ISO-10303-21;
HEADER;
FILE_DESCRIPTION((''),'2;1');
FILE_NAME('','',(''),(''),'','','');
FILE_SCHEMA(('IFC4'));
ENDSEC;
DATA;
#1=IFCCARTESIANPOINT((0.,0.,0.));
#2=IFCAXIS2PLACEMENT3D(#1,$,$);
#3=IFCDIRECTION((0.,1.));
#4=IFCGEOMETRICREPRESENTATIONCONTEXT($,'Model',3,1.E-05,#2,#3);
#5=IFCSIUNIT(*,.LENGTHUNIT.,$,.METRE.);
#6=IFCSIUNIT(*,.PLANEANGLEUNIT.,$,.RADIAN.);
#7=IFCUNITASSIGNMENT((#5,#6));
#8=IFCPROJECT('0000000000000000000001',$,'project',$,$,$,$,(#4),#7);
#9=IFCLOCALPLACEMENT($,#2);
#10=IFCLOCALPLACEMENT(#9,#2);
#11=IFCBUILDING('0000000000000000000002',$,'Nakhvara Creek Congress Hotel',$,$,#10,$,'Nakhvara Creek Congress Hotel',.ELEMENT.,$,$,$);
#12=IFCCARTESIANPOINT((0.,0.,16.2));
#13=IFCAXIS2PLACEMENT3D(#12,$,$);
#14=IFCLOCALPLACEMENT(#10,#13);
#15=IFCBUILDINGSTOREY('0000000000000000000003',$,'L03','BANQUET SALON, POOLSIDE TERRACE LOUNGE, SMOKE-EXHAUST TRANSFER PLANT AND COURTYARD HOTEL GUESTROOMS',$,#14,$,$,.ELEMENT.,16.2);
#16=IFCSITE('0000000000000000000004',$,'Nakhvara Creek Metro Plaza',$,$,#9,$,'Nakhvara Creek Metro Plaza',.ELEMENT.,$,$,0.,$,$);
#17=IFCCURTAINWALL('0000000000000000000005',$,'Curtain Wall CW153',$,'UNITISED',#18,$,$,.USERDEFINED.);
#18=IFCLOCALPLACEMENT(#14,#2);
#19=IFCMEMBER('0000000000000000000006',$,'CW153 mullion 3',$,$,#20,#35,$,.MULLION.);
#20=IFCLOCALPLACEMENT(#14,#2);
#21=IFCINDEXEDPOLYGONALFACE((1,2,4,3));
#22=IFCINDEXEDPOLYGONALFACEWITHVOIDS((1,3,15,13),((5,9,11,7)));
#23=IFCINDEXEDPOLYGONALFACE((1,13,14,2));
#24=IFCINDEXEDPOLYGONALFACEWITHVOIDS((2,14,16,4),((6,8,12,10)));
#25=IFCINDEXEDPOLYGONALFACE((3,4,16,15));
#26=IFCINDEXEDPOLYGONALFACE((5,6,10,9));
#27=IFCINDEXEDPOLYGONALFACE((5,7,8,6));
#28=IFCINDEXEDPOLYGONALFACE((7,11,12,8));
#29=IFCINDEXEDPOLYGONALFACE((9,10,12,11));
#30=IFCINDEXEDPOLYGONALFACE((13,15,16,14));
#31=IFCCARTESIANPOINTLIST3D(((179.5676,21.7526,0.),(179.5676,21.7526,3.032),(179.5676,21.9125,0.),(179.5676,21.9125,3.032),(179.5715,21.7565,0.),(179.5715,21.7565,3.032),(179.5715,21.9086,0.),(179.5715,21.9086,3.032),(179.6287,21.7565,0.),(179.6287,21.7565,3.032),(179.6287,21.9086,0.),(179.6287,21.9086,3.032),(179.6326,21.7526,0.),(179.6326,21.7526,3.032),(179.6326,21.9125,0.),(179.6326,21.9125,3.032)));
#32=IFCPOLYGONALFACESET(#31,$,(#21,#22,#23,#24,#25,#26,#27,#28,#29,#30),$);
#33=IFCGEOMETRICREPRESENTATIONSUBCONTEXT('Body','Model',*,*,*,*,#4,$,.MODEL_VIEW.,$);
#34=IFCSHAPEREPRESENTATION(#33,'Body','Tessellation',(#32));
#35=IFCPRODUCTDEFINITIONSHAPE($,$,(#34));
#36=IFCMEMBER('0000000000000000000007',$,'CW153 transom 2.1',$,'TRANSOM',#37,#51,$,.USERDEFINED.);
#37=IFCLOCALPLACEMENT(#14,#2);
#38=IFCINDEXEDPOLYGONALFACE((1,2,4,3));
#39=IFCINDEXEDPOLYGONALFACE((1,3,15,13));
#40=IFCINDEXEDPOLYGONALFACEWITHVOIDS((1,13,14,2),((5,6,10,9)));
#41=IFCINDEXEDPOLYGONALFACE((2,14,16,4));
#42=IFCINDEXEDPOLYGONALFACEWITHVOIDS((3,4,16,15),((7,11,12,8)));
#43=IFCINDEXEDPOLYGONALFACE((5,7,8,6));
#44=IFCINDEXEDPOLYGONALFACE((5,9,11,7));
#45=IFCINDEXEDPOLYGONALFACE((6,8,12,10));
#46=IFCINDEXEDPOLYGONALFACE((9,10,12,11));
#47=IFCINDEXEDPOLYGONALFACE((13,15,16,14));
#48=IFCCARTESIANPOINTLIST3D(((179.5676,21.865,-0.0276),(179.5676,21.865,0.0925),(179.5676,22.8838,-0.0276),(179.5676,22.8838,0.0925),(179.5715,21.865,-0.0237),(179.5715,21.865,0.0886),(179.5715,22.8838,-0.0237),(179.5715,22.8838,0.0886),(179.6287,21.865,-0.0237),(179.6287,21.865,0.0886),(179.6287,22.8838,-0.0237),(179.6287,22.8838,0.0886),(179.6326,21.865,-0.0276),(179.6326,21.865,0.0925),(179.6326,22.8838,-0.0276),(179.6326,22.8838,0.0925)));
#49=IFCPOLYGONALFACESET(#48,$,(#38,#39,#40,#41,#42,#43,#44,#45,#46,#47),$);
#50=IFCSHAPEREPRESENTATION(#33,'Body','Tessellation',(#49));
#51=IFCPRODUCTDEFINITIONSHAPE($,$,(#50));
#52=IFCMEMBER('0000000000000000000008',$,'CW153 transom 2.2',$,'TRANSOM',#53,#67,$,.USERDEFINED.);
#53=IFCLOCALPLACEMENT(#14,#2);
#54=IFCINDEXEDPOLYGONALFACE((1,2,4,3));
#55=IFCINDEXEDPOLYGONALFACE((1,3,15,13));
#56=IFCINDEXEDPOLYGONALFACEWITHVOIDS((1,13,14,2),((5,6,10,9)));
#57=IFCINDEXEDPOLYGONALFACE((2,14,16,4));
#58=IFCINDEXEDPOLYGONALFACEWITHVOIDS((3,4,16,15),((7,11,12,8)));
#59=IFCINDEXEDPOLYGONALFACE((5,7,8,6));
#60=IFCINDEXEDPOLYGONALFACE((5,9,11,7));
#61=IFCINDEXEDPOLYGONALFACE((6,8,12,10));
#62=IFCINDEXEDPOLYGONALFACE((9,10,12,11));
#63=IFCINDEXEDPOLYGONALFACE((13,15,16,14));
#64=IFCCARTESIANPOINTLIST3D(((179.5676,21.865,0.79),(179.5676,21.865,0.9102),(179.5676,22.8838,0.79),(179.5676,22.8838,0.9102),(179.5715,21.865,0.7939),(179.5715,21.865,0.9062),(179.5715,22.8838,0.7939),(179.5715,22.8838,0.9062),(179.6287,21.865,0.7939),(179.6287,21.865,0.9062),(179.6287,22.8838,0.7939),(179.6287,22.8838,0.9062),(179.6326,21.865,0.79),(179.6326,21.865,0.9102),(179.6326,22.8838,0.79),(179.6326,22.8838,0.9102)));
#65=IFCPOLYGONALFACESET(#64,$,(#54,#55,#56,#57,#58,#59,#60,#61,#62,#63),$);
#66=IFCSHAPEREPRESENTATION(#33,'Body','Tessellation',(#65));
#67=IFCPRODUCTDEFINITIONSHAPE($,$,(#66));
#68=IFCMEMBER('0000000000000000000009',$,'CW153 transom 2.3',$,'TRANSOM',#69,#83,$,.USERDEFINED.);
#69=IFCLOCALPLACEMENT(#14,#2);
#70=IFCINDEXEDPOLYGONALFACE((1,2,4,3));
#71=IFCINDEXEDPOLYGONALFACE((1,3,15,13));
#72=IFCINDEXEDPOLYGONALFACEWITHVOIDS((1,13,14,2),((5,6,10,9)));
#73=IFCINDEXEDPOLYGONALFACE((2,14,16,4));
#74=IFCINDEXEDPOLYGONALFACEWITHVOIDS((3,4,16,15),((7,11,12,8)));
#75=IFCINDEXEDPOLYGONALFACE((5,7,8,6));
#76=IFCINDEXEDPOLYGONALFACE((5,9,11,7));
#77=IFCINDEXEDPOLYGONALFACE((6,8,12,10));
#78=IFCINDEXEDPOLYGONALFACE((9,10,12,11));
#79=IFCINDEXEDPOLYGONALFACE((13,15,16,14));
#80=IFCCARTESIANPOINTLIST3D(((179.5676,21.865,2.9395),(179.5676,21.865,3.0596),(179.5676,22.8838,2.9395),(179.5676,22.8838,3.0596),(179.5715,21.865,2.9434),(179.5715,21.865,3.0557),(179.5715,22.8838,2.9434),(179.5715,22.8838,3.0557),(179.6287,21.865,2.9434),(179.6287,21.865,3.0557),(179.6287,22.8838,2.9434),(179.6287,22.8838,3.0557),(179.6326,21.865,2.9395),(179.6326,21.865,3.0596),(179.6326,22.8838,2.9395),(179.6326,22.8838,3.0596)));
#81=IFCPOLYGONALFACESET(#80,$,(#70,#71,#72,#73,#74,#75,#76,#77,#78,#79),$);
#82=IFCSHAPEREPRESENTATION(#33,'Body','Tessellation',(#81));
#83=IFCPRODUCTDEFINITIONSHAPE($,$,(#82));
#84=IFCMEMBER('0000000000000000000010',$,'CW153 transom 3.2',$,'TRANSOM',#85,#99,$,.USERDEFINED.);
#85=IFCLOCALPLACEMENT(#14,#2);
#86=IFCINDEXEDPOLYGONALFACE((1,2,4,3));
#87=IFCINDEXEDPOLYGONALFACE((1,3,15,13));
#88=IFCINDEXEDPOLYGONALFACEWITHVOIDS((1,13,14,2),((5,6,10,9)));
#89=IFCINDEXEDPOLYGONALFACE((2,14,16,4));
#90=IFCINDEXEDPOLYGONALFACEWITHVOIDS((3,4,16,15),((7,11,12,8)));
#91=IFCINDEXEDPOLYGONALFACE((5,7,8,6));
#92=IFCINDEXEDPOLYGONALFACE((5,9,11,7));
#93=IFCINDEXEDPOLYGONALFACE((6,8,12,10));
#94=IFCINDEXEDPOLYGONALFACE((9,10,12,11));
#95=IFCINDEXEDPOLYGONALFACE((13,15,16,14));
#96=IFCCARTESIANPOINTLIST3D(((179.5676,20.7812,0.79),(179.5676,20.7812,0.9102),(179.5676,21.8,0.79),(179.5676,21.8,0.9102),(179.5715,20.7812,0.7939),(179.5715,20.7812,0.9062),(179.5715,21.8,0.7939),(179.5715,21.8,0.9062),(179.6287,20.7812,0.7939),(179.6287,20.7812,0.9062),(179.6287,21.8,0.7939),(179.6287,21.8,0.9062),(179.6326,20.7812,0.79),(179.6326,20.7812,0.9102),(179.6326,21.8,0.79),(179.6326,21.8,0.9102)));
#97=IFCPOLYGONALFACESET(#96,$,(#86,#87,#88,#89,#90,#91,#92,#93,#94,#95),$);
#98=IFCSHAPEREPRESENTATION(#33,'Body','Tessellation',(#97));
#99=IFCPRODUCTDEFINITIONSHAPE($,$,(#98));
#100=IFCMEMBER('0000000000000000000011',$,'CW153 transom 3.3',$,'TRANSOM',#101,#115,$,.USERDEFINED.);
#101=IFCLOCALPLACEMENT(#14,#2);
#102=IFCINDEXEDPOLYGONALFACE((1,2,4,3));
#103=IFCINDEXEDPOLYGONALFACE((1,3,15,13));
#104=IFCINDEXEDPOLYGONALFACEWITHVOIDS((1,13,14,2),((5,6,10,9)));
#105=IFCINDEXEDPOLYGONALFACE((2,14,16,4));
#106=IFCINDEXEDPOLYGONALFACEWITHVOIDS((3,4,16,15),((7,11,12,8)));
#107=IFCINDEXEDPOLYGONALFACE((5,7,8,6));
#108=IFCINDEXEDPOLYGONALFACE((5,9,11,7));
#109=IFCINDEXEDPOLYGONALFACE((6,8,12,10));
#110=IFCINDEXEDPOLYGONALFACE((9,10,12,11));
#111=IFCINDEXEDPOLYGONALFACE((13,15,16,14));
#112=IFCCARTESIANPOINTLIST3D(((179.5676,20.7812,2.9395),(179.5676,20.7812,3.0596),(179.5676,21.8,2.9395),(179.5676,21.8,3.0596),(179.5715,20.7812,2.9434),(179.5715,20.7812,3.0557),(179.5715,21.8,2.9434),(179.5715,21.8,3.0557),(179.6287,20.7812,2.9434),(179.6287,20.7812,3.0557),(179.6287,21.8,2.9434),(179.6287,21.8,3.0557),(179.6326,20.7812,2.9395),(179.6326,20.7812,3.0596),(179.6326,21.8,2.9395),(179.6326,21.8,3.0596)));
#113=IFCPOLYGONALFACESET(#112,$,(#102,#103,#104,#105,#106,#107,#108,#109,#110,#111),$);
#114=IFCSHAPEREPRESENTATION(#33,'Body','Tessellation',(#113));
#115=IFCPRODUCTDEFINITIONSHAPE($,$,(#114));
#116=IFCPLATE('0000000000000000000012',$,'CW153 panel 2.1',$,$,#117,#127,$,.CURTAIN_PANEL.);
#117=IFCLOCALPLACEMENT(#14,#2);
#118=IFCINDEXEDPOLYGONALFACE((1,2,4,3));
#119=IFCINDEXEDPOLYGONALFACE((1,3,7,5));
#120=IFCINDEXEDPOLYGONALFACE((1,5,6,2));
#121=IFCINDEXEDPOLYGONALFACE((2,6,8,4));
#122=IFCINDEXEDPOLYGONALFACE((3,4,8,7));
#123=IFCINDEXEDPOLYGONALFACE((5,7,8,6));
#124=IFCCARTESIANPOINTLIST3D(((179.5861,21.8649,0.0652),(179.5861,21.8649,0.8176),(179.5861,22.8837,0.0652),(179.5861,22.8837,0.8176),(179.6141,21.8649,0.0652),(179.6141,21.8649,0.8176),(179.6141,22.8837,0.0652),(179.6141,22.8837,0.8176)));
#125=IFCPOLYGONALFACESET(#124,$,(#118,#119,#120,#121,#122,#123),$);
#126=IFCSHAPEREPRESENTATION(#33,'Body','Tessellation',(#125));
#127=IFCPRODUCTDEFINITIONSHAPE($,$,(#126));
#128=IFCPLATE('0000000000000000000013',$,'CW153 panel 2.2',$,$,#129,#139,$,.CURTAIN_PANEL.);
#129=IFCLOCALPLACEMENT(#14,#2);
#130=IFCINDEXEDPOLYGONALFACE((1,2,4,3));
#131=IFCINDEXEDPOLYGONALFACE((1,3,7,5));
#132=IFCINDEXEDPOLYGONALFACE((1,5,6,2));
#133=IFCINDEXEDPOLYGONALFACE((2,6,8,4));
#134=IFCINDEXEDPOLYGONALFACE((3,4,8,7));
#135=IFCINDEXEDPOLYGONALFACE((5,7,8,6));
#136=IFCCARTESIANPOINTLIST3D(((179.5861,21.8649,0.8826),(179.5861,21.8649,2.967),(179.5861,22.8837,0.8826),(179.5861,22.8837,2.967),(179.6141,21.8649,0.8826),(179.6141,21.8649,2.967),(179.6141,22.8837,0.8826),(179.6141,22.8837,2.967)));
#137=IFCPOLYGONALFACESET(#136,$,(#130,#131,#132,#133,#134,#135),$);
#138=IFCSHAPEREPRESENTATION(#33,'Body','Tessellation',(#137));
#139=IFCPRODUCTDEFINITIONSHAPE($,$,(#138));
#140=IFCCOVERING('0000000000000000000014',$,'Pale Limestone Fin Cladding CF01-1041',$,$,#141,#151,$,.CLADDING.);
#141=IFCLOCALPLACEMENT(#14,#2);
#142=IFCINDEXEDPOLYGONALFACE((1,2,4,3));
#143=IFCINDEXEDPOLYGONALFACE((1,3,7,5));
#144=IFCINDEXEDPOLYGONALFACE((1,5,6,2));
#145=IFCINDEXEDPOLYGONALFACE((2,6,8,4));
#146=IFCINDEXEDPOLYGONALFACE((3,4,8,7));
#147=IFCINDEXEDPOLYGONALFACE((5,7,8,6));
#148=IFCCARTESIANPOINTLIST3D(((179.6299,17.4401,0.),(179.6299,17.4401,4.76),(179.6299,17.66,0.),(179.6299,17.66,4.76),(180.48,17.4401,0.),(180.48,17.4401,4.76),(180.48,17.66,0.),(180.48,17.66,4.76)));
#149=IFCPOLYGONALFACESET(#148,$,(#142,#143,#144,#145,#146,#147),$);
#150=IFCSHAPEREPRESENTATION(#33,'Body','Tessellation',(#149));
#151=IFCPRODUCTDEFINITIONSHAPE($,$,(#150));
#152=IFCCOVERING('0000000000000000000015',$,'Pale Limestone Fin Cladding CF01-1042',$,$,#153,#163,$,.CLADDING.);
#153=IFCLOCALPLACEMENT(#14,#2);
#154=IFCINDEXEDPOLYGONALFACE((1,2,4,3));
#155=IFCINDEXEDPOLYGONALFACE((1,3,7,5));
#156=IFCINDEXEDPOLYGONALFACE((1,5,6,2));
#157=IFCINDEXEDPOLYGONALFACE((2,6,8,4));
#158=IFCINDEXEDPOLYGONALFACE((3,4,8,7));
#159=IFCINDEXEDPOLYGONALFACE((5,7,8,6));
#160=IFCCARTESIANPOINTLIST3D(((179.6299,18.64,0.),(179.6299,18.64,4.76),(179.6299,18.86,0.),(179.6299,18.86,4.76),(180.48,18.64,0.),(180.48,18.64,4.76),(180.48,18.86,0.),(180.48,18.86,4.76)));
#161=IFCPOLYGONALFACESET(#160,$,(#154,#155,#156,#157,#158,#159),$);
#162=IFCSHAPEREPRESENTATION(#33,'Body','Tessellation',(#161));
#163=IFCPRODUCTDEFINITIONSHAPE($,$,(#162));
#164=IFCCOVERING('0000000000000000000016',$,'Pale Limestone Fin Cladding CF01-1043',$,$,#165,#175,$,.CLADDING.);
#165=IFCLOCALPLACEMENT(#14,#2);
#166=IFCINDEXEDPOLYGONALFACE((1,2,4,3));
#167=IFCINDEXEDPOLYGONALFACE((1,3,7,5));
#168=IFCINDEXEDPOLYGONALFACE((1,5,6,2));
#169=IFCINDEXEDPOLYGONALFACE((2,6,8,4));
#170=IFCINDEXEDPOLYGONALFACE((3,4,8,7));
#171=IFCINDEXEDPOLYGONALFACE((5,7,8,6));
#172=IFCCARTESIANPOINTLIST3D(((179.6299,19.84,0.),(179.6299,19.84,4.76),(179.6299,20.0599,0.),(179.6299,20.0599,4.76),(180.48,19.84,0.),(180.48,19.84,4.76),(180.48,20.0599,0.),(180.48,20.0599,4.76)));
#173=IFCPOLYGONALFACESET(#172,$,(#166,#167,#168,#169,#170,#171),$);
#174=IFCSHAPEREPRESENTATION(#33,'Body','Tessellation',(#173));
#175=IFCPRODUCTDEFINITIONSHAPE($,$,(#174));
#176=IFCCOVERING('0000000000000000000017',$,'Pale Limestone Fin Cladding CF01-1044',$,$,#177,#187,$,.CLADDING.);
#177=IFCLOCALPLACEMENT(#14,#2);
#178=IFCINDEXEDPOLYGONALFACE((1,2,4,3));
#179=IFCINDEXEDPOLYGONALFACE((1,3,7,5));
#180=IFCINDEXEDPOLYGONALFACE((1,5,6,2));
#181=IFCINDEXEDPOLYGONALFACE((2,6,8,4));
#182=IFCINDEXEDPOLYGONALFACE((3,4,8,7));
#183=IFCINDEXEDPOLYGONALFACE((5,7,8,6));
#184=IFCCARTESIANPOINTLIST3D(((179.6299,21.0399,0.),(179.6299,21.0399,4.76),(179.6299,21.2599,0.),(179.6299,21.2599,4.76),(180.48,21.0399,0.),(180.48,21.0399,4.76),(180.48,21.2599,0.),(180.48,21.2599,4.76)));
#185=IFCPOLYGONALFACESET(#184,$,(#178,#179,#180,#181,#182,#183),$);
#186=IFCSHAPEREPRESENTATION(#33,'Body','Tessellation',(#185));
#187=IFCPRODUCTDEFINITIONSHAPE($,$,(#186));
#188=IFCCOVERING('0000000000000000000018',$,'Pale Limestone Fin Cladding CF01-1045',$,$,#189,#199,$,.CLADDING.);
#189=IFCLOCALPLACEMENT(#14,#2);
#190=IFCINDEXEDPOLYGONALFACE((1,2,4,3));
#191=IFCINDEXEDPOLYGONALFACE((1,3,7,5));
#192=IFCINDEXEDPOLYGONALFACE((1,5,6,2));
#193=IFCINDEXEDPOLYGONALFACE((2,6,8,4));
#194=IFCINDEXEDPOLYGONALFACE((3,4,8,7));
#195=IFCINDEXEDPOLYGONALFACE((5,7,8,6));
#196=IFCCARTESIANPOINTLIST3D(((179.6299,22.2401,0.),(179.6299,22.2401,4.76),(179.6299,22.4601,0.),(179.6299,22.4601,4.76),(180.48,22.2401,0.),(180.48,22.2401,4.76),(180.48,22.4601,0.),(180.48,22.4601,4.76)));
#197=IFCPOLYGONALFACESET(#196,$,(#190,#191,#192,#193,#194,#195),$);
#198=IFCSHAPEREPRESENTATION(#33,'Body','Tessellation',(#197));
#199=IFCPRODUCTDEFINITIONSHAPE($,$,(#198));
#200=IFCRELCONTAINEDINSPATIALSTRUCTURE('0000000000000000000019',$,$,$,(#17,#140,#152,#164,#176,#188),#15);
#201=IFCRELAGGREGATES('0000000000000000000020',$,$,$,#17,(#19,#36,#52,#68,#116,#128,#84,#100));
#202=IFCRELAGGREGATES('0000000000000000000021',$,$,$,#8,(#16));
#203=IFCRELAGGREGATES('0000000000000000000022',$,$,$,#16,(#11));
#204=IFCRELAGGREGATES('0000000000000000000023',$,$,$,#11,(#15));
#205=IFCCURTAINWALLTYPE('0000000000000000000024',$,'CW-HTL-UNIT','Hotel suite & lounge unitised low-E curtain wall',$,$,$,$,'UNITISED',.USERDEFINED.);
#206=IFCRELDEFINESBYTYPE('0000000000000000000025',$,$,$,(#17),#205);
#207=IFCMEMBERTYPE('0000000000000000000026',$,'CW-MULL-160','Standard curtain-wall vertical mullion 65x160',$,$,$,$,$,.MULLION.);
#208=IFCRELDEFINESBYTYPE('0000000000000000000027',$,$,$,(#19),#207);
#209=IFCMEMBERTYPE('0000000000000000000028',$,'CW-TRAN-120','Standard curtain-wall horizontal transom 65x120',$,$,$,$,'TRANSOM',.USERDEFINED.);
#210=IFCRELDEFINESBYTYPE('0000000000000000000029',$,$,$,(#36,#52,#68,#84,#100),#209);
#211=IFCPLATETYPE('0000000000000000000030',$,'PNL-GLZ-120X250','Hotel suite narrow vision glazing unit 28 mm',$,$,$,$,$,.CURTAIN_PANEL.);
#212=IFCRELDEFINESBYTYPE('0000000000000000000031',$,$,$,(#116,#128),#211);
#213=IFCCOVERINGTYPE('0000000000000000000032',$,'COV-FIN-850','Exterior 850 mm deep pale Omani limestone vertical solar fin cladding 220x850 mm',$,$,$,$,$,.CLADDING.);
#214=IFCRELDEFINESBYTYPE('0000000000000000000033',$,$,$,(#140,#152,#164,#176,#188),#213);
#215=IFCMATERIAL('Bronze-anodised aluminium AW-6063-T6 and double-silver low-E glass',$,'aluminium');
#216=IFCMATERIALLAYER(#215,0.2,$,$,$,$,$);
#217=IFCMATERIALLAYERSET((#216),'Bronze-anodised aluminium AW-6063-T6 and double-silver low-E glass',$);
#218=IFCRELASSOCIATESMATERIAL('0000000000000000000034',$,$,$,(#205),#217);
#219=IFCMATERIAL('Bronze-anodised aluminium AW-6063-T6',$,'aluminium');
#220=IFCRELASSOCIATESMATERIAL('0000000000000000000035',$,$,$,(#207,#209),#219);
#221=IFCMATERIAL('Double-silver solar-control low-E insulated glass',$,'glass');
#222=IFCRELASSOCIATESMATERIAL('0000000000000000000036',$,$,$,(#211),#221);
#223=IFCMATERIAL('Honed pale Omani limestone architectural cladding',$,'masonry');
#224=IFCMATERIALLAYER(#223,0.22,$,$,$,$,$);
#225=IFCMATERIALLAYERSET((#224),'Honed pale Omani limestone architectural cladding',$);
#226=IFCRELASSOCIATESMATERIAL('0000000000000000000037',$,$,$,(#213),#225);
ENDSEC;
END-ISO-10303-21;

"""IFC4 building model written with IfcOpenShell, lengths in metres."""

from ifc_helpers import new_model, si_unit, direction, frame, origin, origin_2d, place, context, subcontext, project, spatial, rectangle, hollow_rectangle, extrude, material, layer, layer_set, material_profile, profile_set, type_object, element, aggregate, save


model = new_model("IFC4")

# Units and contexts
model_context = context("Model", 3, precision=1e-05, world=origin(), true_north=direction((0.0, 1.0)))
body_context = subcontext(model_context, "Body", "Model", "MODEL_VIEW")
ifc_project = project(units=[si_unit("LENGTHUNIT", "METRE"), si_unit("PLANEANGLEUNIT", "RADIAN")], contexts=[model_context])

# Site, building, storey
site_placement = place(None, origin())
site = spatial("IfcSite", under=ifc_project, at=site_placement, Name="Nakhvara Creek Metro Plaza", LongName="Nakhvara Creek Metro Plaza", CompositionType="ELEMENT", RefElevation=0.0)
building_placement = place(site_placement, origin())
building = spatial("IfcBuilding", under=site, at=building_placement, Name="Nakhvara Creek Congress Hotel", LongName="Nakhvara Creek Congress Hotel", CompositionType="ELEMENT")
storey_placement = place(building_placement, frame((0.0, 0.0, 16.2)))
storey = spatial("IfcBuildingStorey", under=building, at=storey_placement, Name="L03", Description="BANQUET SALON, POOLSIDE TERRACE LOUNGE, SMOKE-EXHAUST TRANSFER PLANT AND COURTYARD HOTEL GUESTROOMS", CompositionType="ELEMENT", Elevation=16.2)

# Curtain wall, members, plates
ifc_material_1 = material(Name="Bronze-anodised aluminium AW-6063-T6 and double-silver low-E glass", Category="aluminium")
ifc_layer_1 = layer(ifc_material_1, 0.2)
ifc_layer_set_1 = layer_set([ifc_layer_1], Name="Bronze-anodised aluminium AW-6063-T6 and double-silver low-E glass")
curtain_wall_type = type_object("IfcCurtainWallType", Name="CW-HTL-UNIT", Description="Hotel suite & lounge unitised low-E curtain wall", ElementType="UNITISED", PredefinedType="USERDEFINED", material=ifc_layer_set_1)
curtain_wall_placement = place(storey_placement, origin())
curtain_wall = element("IfcCurtainWall", 1, at=curtain_wall_placement, inside=storey, type_object=curtain_wall_type, Name="Curtain Wall CW153", ObjectType="UNITISED", PredefinedType="USERDEFINED")
ifc_material_2 = material(Name="Bronze-anodised aluminium AW-6063-T6", Category="aluminium")
ifc_material_profile_1 = material_profile(ifc_material_2, hollow_rectangle(XDim=0.0649, YDim=0.1599, WallThickness=0.0039, at=origin_2d()), Name="ALU-MULL 65x160x4", Category="LoadBearing")
ifc_profile_set_1 = profile_set([ifc_material_profile_1], Name="Bronze-anodised aluminium AW-6063-T6")
member_type_1 = type_object("IfcMemberType", Name="CW-MULL-160", Description="Standard curtain-wall vertical mullion 65x160", PredefinedType="MULLION", material=ifc_profile_set_1)
member_1_placement = place(storey_placement, frame((179.6001, 21.8325, 0.0), z_axis=(0.0, 0.0, 1.0), x_axis=(1.0, 0.0, 0.0)))
member_1 = element("IfcMember", 2, at=member_1_placement, type_object=member_type_1, Name="CW153 mullion 3", PredefinedType="MULLION", context=body_context, shape_type="SweptSolid", body=[
    extrude(hollow_rectangle(XDim=0.0649, YDim=0.1599, WallThickness=0.0039, at=origin_2d()), origin(), (0.0, 0.0, 1.0), 3.032),
])
ifc_material_profile_2 = material_profile(ifc_material_2, hollow_rectangle(XDim=0.0649, YDim=0.1201, WallThickness=0.0039, at=origin_2d()), Name="ALU-TRAN 65x120x4", Category="LoadBearing")
ifc_profile_set_2 = profile_set([ifc_material_profile_2], Name="Bronze-anodised aluminium AW-6063-T6")
member_type_2 = type_object("IfcMemberType", Name="CW-TRAN-120", Description="Standard curtain-wall horizontal transom 65x120", ElementType="TRANSOM", PredefinedType="USERDEFINED", material=ifc_profile_set_2)
member_2_placement = place(storey_placement, frame((179.6001, 22.8838, 0.0325), z_axis=(0.0, -1.0, 0.0), x_axis=(1.0, 0.0, 0.0)))
member_2 = element("IfcMember", 3, at=member_2_placement, type_object=member_type_2, Name="CW153 transom 2.1", ObjectType="TRANSOM", PredefinedType="USERDEFINED", context=body_context, shape_type="SweptSolid", body=[
    extrude(hollow_rectangle(XDim=0.0649, YDim=0.1201, WallThickness=0.0039, at=origin_2d()), origin(), (0.0, 0.0, 1.0), 1.0188),
])
member_3_placement = place(storey_placement, frame((179.6001, 22.8838, 0.8501), z_axis=(0.0, -1.0, 0.0), x_axis=(1.0, 0.0, 0.0)))
member_3 = element("IfcMember", 4, at=member_3_placement, type_object=member_type_2, Name="CW153 transom 2.2", ObjectType="TRANSOM", PredefinedType="USERDEFINED", context=body_context, shape_type="SweptSolid", body=[
    extrude(hollow_rectangle(XDim=0.0649, YDim=0.1201, WallThickness=0.0039, at=origin_2d()), origin(), (0.0, 0.0, 1.0), 1.0188),
])
member_4_placement = place(storey_placement, frame((179.6001, 22.8838, 2.9995), z_axis=(0.0, -1.0, 0.0), x_axis=(1.0, 0.0, 0.0)))
member_4 = element("IfcMember", 5, at=member_4_placement, type_object=member_type_2, Name="CW153 transom 2.3", ObjectType="TRANSOM", PredefinedType="USERDEFINED", context=body_context, shape_type="SweptSolid", body=[
    extrude(hollow_rectangle(XDim=0.0649, YDim=0.1201, WallThickness=0.0039, at=origin_2d()), origin(), (0.0, 0.0, 1.0), 1.0188),
])
member_5_placement = place(storey_placement, frame((179.6001, 21.8, 0.8501), z_axis=(0.0, -1.0, 0.0), x_axis=(1.0, 0.0, 0.0)))
member_5 = element("IfcMember", 6, at=member_5_placement, type_object=member_type_2, Name="CW153 transom 3.2", ObjectType="TRANSOM", PredefinedType="USERDEFINED", context=body_context, shape_type="SweptSolid", body=[
    extrude(hollow_rectangle(XDim=0.0649, YDim=0.1201, WallThickness=0.0039, at=origin_2d()), origin(), (0.0, 0.0, 1.0), 1.0188),
])
member_6_placement = place(storey_placement, frame((179.6001, 21.8, 2.9995), z_axis=(0.0, -1.0, 0.0), x_axis=(1.0, 0.0, 0.0)))
member_6 = element("IfcMember", 7, at=member_6_placement, type_object=member_type_2, Name="CW153 transom 3.3", ObjectType="TRANSOM", PredefinedType="USERDEFINED", context=body_context, shape_type="SweptSolid", body=[
    extrude(hollow_rectangle(XDim=0.0649, YDim=0.1201, WallThickness=0.0039, at=origin_2d()), origin(), (0.0, 0.0, 1.0), 1.0188),
])
ifc_material_3 = material(Name="Double-silver solar-control low-E insulated glass", Category="glass")
plate_type = type_object("IfcPlateType", Name="PNL-GLZ-120X250", Description="Hotel suite narrow vision glazing unit 28 mm", PredefinedType="CURTAIN_PANEL", material=ifc_material_3)
plate_1_placement = place(storey_placement, frame((179.6001, 22.3743, 0.0652), z_axis=(0.0, 0.0, 1.0), x_axis=(0.0, -1.0, 0.0)))
plate_1 = element("IfcPlate", 8, at=plate_1_placement, type_object=plate_type, Name="CW153 panel 2.1", PredefinedType="CURTAIN_PANEL", context=body_context, shape_type="SweptSolid", body=[
    extrude(rectangle(XDim=1.0188, YDim=0.0281, at=origin_2d()), origin(), (0.0, 0.0, 1.0), 0.7524),
])
plate_2_placement = place(storey_placement, frame((179.6001, 22.3743, 0.8826), z_axis=(0.0, 0.0, 1.0), x_axis=(0.0, -1.0, 0.0)))
plate_2 = element("IfcPlate", 9, at=plate_2_placement, type_object=plate_type, Name="CW153 panel 2.2", PredefinedType="CURTAIN_PANEL", context=body_context, shape_type="SweptSolid", body=[
    extrude(rectangle(XDim=1.0188, YDim=0.0281, at=origin_2d()), origin(), (0.0, 0.0, 1.0), 2.0845),
])
aggregate(curtain_wall, [member_1, member_2, member_3, member_4, plate_1, plate_2, member_5, member_6])

# Coverings
ifc_material_4 = material(Name="Honed pale Omani limestone architectural cladding", Category="masonry")
ifc_layer_2 = layer(ifc_material_4, 0.22)
ifc_layer_set_2 = layer_set([ifc_layer_2], Name="Honed pale Omani limestone architectural cladding")
covering_type = type_object("IfcCoveringType", Name="COV-FIN-850", Description="Exterior 850 mm deep pale Omani limestone vertical solar fin cladding 220x850 mm", PredefinedType="CLADDING", material=ifc_layer_set_2)
for number, where, z_axis, x_axis, name in (
    (10, (180.0549, 17.55, 0.0), (0.0, 0.0, 1.0), (0.0, 1.0, 0.0), "Pale Limestone Fin Cladding CF01-1041"),
    (11, (180.0549, 18.75, 0.0), (0.0, 0.0, 1.0), (0.0, 1.0, 0.0), "Pale Limestone Fin Cladding CF01-1042"),
    (12, (180.0549, 19.95, 0.0), (0.0, 0.0, 1.0), (0.0, 1.0, 0.0), "Pale Limestone Fin Cladding CF01-1043"),
    (13, (180.0549, 21.1499, 0.0), (0.0, 0.0, 1.0), (0.0, 1.0, 0.0), "Pale Limestone Fin Cladding CF01-1044"),
    (14, (180.0549, 22.3501, 0.0), (0.0, 0.0, 1.0), (0.0, 1.0, 0.0), "Pale Limestone Fin Cladding CF01-1045"),
):
    element("IfcCovering", number, at=place(storey_placement, frame(where, z_axis=z_axis, x_axis=x_axis)), inside=storey, type_object=covering_type, Name=name, PredefinedType="CLADDING", context=body_context, shape_type="SweptSolid", body=[
        extrude(rectangle(XDim=0.22, YDim=0.8501, at=origin_2d()), origin(), (0.0, 0.0, 1.0), 4.76),
    ])

save(model, "model.ifc")
